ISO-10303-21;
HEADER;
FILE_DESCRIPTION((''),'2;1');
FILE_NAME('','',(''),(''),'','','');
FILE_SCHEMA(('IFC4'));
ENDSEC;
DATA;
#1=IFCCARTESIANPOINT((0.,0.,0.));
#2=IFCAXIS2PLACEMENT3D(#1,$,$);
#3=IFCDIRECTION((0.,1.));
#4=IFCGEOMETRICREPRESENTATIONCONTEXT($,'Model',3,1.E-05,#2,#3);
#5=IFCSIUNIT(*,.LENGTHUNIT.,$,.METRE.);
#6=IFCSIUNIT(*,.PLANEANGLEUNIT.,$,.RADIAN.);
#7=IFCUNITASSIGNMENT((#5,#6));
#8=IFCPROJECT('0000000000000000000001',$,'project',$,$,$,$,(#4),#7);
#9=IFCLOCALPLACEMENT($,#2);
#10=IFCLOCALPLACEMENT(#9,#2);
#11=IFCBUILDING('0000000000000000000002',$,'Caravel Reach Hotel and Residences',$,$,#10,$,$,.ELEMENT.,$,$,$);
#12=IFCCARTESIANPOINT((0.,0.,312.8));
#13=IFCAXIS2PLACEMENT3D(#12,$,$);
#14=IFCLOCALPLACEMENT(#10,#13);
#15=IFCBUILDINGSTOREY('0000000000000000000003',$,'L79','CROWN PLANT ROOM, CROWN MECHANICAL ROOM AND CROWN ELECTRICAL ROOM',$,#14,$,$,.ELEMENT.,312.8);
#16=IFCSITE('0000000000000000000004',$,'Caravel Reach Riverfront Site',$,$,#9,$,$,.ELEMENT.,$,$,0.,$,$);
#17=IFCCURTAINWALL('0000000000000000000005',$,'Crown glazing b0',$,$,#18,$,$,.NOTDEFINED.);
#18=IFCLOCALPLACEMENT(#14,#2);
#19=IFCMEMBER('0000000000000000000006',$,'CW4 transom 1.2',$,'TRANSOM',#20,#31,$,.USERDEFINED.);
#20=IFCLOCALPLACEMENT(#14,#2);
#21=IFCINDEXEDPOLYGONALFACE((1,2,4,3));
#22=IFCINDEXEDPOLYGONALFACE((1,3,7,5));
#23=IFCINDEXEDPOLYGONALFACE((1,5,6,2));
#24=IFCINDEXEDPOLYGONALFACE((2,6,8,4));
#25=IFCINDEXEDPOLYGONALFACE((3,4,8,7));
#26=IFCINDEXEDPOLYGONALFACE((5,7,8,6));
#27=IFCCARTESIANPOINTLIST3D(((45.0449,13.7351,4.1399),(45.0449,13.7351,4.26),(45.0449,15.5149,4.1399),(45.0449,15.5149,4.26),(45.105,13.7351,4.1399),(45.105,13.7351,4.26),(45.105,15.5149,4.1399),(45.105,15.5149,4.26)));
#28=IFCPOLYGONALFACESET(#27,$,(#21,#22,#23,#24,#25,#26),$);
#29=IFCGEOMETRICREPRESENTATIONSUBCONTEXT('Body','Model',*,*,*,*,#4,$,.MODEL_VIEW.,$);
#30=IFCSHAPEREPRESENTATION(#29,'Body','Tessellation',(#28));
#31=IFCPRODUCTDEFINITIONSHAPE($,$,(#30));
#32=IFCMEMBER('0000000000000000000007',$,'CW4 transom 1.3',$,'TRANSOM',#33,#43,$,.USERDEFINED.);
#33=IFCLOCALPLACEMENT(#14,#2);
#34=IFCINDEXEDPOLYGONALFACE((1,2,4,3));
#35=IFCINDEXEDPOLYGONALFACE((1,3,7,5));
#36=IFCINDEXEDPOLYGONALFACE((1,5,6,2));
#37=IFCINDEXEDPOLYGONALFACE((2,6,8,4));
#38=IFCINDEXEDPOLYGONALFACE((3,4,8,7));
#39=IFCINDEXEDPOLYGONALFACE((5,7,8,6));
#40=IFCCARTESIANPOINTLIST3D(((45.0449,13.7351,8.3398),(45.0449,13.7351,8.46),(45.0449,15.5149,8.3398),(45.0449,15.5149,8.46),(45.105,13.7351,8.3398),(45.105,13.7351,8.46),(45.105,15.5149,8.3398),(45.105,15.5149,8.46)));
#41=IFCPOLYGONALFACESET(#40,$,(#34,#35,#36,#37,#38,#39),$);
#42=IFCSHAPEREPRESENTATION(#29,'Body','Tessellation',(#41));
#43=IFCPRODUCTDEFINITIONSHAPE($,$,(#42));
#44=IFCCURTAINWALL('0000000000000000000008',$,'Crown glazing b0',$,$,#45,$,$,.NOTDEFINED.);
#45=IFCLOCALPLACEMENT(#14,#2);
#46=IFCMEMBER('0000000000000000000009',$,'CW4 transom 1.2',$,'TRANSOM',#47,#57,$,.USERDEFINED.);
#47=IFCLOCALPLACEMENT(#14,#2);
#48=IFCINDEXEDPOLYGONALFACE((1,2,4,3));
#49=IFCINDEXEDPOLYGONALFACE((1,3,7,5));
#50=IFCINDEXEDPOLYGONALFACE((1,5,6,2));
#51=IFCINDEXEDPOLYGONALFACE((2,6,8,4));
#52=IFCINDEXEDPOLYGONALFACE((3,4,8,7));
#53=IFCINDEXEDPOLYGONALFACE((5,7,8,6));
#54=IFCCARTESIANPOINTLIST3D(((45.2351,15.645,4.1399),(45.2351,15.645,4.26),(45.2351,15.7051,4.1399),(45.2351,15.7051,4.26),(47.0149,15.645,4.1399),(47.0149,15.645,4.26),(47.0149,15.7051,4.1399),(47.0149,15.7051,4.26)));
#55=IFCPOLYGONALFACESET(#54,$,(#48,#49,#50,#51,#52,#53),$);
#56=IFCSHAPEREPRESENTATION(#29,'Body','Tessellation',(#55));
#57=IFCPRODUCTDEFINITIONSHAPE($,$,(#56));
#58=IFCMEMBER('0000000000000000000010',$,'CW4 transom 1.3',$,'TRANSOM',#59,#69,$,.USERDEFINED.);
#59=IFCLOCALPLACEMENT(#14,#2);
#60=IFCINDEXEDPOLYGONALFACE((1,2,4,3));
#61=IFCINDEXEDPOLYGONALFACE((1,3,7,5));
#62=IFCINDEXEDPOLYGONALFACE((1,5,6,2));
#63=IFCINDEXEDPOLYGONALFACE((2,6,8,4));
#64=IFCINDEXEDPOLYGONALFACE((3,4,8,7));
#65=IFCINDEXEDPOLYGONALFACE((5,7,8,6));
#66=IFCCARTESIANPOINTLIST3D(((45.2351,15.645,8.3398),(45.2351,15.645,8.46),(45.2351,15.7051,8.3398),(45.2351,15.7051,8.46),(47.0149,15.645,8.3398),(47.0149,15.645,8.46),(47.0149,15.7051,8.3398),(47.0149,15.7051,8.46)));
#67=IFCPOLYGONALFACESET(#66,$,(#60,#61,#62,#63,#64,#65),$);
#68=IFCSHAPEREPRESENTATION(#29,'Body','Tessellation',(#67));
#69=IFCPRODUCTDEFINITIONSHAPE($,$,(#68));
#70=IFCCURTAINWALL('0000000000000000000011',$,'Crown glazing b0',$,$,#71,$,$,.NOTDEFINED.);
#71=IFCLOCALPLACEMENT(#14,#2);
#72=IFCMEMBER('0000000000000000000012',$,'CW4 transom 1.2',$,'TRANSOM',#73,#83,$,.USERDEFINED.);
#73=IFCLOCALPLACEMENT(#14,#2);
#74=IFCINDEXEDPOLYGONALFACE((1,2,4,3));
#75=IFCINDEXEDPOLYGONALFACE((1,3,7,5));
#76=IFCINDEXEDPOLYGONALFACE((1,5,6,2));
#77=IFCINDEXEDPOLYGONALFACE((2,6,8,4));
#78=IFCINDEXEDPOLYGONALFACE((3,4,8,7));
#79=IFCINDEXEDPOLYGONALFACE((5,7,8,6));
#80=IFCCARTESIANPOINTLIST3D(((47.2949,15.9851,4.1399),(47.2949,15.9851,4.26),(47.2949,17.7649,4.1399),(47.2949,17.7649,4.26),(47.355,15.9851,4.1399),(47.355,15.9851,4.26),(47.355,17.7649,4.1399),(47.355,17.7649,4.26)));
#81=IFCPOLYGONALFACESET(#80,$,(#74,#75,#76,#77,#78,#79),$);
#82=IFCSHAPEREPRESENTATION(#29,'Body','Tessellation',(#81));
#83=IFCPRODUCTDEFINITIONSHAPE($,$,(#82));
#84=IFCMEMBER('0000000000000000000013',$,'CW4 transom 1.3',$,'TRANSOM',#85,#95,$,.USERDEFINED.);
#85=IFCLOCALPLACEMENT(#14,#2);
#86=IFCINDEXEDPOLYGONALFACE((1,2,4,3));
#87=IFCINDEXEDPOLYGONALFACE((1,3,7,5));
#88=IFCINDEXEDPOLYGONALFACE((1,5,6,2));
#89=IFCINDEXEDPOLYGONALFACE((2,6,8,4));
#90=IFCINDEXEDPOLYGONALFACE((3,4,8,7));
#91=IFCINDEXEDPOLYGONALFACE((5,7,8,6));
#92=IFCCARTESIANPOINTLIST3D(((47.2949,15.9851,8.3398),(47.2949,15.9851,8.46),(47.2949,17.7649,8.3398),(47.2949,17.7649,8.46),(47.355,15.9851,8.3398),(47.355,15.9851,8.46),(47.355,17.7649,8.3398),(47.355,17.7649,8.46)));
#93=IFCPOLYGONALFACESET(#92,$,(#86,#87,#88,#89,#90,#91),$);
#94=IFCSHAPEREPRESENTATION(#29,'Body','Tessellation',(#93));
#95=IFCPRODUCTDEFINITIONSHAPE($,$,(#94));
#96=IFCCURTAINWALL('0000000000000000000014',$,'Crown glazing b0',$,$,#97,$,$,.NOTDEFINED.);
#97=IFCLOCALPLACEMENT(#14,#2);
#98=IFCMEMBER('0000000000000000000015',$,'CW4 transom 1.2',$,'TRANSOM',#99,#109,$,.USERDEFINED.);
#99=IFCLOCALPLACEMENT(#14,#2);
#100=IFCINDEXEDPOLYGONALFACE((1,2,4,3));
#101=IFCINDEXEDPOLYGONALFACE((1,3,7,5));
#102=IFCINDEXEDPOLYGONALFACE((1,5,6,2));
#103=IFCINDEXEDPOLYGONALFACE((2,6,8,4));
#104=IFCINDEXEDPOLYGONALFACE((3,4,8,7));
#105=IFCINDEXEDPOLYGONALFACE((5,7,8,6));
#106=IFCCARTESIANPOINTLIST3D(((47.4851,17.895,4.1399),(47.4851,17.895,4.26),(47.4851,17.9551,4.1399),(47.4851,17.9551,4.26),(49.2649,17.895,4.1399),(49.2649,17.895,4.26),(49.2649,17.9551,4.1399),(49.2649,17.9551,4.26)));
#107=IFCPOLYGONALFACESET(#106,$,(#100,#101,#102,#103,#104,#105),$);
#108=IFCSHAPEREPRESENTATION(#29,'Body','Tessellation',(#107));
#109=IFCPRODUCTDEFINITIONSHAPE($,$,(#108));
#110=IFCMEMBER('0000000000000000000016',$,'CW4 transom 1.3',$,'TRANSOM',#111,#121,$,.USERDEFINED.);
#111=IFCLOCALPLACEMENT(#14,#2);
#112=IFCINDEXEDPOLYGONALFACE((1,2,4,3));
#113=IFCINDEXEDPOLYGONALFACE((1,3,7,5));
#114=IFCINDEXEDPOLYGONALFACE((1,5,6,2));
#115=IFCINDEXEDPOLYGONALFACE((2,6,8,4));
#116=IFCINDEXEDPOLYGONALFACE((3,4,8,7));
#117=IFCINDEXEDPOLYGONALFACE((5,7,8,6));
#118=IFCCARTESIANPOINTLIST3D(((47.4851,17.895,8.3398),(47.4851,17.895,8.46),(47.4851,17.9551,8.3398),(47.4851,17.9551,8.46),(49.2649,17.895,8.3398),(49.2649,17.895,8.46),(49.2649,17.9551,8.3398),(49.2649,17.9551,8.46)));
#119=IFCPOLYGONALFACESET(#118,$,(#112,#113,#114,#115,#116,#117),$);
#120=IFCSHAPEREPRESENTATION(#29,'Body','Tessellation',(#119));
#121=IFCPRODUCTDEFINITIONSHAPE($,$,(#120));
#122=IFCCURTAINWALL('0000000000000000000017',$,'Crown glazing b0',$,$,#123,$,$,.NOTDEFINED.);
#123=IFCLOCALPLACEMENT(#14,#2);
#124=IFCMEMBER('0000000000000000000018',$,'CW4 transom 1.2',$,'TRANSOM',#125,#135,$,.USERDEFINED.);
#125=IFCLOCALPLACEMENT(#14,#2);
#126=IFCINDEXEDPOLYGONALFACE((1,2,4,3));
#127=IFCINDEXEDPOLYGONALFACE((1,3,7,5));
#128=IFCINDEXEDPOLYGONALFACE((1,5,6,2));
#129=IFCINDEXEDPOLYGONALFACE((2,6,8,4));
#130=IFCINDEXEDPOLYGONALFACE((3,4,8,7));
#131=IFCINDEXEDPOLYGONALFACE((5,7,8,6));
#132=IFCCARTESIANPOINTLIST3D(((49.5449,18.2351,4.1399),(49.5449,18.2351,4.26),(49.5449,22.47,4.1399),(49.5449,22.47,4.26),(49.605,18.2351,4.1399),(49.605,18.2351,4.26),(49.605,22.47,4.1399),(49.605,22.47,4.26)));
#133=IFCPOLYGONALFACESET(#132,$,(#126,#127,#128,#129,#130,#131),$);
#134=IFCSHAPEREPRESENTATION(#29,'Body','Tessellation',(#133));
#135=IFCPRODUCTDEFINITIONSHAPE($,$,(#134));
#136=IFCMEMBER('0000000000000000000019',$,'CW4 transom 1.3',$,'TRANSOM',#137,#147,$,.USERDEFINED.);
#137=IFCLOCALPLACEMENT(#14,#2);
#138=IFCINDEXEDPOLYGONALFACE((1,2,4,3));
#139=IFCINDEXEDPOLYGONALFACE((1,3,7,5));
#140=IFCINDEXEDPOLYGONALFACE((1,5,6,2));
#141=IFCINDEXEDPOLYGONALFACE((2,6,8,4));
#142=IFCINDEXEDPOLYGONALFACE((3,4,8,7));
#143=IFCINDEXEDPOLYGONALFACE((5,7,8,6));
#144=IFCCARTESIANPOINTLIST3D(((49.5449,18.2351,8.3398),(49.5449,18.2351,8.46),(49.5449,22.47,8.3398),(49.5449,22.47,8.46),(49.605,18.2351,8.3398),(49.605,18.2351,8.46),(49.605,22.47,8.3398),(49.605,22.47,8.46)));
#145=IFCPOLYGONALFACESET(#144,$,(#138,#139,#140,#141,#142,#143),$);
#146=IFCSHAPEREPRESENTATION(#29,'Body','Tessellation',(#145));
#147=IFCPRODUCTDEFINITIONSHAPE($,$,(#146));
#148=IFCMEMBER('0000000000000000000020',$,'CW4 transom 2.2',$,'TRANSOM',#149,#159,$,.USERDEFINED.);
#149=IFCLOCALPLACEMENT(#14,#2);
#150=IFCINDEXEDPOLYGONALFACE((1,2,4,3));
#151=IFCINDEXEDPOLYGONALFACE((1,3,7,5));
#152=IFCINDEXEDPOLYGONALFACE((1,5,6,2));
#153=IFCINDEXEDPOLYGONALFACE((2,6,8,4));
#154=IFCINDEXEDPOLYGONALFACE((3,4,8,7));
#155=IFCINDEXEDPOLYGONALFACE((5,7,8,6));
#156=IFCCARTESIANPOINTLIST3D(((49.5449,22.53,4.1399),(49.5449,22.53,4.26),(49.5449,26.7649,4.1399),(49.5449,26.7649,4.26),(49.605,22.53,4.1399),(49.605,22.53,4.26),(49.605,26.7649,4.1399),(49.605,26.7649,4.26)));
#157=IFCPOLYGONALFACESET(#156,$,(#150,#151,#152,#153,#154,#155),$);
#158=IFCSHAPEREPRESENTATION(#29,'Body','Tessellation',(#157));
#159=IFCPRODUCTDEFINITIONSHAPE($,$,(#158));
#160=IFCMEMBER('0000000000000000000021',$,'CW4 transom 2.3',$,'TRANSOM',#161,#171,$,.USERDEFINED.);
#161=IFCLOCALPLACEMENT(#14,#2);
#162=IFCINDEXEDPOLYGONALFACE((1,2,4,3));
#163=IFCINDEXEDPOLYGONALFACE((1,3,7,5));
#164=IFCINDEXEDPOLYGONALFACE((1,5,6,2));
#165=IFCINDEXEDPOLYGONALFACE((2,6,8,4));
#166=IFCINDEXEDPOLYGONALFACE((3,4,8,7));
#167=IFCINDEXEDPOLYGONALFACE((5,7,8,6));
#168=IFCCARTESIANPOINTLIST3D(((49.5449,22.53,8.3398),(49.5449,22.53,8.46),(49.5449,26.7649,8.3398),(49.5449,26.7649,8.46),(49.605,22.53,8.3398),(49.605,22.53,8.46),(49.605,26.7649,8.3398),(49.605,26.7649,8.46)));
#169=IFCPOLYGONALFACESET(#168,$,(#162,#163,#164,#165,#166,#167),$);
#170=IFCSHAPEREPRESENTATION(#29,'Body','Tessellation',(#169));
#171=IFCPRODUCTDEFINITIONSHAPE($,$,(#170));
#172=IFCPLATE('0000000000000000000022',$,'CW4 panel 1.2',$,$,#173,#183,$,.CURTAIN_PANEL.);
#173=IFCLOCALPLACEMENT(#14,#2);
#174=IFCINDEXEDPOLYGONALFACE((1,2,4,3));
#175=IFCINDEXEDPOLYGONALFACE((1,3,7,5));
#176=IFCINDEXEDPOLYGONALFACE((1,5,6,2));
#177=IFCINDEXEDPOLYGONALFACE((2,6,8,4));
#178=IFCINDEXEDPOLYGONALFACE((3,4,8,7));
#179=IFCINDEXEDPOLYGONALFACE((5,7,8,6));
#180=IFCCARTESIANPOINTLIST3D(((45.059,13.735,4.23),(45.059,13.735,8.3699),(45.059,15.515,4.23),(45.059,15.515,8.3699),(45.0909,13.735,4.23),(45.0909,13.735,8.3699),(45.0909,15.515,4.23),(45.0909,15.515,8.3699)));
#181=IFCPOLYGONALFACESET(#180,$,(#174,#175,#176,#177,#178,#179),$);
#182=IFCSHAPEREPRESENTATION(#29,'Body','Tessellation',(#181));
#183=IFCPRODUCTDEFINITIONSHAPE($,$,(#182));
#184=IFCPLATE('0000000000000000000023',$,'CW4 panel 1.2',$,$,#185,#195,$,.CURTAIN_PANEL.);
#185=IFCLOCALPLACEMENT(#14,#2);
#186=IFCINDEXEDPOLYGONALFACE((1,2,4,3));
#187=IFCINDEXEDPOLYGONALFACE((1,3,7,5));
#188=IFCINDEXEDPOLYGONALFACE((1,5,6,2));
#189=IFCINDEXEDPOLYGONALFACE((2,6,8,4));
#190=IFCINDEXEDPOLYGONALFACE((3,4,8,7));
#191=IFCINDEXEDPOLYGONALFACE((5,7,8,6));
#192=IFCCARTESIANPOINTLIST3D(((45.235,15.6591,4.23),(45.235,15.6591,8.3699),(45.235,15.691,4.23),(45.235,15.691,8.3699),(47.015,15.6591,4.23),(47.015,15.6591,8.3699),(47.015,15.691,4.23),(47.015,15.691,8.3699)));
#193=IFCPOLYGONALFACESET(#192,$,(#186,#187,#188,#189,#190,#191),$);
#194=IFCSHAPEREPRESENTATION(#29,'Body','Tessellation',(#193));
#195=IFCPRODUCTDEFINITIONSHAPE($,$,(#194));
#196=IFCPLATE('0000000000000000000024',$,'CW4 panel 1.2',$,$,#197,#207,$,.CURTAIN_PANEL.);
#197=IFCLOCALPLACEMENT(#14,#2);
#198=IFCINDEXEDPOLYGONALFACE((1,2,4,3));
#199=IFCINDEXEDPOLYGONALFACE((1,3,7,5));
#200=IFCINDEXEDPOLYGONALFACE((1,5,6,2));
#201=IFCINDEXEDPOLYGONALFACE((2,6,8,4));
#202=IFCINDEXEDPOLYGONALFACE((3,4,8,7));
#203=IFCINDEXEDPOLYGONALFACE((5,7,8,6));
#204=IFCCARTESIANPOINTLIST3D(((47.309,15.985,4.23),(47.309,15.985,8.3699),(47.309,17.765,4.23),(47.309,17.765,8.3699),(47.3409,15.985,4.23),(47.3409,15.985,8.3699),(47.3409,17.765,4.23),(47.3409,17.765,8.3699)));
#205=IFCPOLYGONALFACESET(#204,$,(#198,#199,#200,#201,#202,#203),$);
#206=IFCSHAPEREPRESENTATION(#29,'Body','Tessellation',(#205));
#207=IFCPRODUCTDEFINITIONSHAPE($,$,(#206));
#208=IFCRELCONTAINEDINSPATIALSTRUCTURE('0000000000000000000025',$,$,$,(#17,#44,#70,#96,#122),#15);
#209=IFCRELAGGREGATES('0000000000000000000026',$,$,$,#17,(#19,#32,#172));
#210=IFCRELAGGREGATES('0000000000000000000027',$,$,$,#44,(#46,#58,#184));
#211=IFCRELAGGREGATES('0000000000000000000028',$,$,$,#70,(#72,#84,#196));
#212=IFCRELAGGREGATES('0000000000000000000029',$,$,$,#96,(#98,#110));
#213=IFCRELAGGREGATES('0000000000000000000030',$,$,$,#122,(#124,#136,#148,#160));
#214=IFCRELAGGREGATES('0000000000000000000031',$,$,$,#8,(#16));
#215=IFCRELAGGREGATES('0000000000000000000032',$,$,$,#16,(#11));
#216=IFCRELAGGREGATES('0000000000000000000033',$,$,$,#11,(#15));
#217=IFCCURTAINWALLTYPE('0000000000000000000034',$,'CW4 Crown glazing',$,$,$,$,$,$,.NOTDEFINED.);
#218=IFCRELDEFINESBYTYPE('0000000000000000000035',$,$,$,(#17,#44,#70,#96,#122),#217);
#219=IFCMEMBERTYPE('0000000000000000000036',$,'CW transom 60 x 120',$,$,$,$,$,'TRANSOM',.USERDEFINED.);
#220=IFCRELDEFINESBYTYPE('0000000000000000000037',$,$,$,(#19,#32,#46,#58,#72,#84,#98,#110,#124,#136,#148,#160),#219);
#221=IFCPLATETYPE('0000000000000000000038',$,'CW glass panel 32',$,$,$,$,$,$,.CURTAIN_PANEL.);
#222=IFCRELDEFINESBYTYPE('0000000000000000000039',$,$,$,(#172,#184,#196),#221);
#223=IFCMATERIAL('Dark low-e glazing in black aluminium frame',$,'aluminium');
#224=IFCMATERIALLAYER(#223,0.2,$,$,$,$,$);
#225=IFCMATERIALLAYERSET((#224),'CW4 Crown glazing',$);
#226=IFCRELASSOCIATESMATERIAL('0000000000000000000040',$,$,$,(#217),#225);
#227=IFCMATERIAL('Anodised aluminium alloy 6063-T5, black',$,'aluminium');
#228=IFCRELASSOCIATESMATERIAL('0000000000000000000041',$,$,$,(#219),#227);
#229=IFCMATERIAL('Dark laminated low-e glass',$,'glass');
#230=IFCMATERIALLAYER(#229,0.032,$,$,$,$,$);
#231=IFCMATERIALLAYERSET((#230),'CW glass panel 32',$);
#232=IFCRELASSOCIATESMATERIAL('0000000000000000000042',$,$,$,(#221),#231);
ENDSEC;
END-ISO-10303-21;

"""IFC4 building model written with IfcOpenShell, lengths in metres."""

from ifc_helpers import new_model, si_unit, direction, frame, origin, origin_2d, place, context, subcontext, project, spatial, rectangle, extrude, material, layer, layer_set, material_profile, profile_set, type_object, element, aggregate, save


model = new_model("IFC4")

# Units and contexts
model_context = context("Model", 3, precision=1e-05, world=origin(), true_north=direction((0.0, 1.0)))
body_context = subcontext(model_context, "Body", "Model", "MODEL_VIEW")
ifc_project = project(units=[si_unit("LENGTHUNIT", "METRE"), si_unit("PLANEANGLEUNIT", "RADIAN")], contexts=[model_context])

# Site, building, storey
site_placement = place(None, origin())
site = spatial("IfcSite", under=ifc_project, at=site_placement, Name="Caravel Reach Riverfront Site", CompositionType="ELEMENT", RefElevation=0.0)
building_placement = place(site_placement, origin())
building = spatial("IfcBuilding", under=site, at=building_placement, Name="Caravel Reach Hotel and Residences", CompositionType="ELEMENT")
storey_placement = place(building_placement, frame((0.0, 0.0, 312.8)))
storey = spatial("IfcBuildingStorey", under=building, at=storey_placement, Name="L79", Description="CROWN PLANT ROOM, CROWN MECHANICAL ROOM AND CROWN ELECTRICAL ROOM", CompositionType="ELEMENT", Elevation=312.8)

# Curtain walls, members
ifc_material_1 = material(Name="Dark low-e glazing in black aluminium frame", Category="aluminium")
ifc_layer_1 = layer(ifc_material_1, 0.2)
ifc_layer_set_1 = layer_set([ifc_layer_1], Name="CW4 Crown glazing")
curtain_wall_type = type_object("IfcCurtainWallType", Name="CW4 Crown glazing", PredefinedType="NOTDEFINED", material=ifc_layer_set_1)
curtain_wall_1_placement = place(storey_placement, origin())
curtain_wall_1 = element("IfcCurtainWall", 1, at=curtain_wall_1_placement, inside=storey, type_object=curtain_wall_type, Name="Crown glazing b0", PredefinedType="NOTDEFINED")
ifc_material_2 = material(Name="Anodised aluminium alloy 6063-T5, black", Category="aluminium")
ifc_material_profile = material_profile(ifc_material_2, rectangle(XDim=0.0601, YDim=0.1201, at=origin_2d()), Name="CW transom 60 x 120")
ifc_profile_set = profile_set([ifc_material_profile], Name="Anodised aluminium alloy 6063-T5, black")
member_type = type_object("IfcMemberType", Name="CW transom 60 x 120", ElementType="TRANSOM", PredefinedType="USERDEFINED", material=ifc_profile_set)
member_1_placement = place(storey_placement, frame((45.075, 13.7351, 4.2), z_axis=(0.0, 1.0, 0.0), x_axis=(-1.0, 0.0, 0.0)))
member_1 = element("IfcMember", 2, at=member_1_placement, type_object=member_type, Name="CW4 transom 1.2", ObjectType="TRANSOM", PredefinedType="USERDEFINED", context=body_context, shape_type="SweptSolid", body=[
    extrude(rectangle(XDim=0.0601, YDim=0.1201, at=origin_2d()), origin(), (0.0, 0.0, 1.0), 1.7798),
])
member_2_placement = place(storey_placement, frame((45.075, 13.7351, 8.3999), z_axis=(0.0, 1.0, 0.0), x_axis=(-1.0, 0.0, 0.0)))
member_2 = element("IfcMember", 3, at=member_2_placement, type_object=member_type, Name="CW4 transom 1.3", ObjectType="TRANSOM", PredefinedType="USERDEFINED", context=body_context, shape_type="SweptSolid", body=[
    extrude(rectangle(XDim=0.0601, YDim=0.1201, at=origin_2d()), origin(), (0.0, 0.0, 1.0), 1.7798),
])
curtain_wall_2_placement = place(storey_placement, origin())
curtain_wall_2 = element("IfcCurtainWall", 4, at=curtain_wall_2_placement, inside=storey, type_object=curtain_wall_type, Name="Crown glazing b0", PredefinedType="NOTDEFINED")
member_3_placement = place(storey_placement, frame((45.2351, 15.675, 4.2), z_axis=(1.0, 0.0, 0.0), x_axis=(0.0, 1.0, 0.0)))
member_3 = element("IfcMember", 5, at=member_3_placement, type_object=member_type, Name="CW4 transom 1.2", ObjectType="TRANSOM", PredefinedType="USERDEFINED", context=body_context, shape_type="SweptSolid", body=[
    extrude(rectangle(XDim=0.0601, YDim=0.1201, at=origin_2d()), origin(), (0.0, 0.0, 1.0), 1.7798),
])
member_4_placement = place(storey_placement, frame((45.2351, 15.675, 8.3999), z_axis=(1.0, 0.0, 0.0), x_axis=(0.0, 1.0, 0.0)))
member_4 = element("IfcMember", 6, at=member_4_placement, type_object=member_type, Name="CW4 transom 1.3", ObjectType="TRANSOM", PredefinedType="USERDEFINED", context=body_context, shape_type="SweptSolid", body=[
    extrude(rectangle(XDim=0.0601, YDim=0.1201, at=origin_2d()), origin(), (0.0, 0.0, 1.0), 1.7798),
])
curtain_wall_3_placement = place(storey_placement, origin())
curtain_wall_3 = element("IfcCurtainWall", 7, at=curtain_wall_3_placement, inside=storey, type_object=curtain_wall_type, Name="Crown glazing b0", PredefinedType="NOTDEFINED")
member_5_placement = place(storey_placement, frame((47.325, 15.9851, 4.2), z_axis=(0.0, 1.0, 0.0), x_axis=(-1.0, 0.0, 0.0)))
member_5 = element("IfcMember", 8, at=member_5_placement, type_object=member_type, Name="CW4 transom 1.2", ObjectType="TRANSOM", PredefinedType="USERDEFINED", context=body_context, shape_type="SweptSolid", body=[
    extrude(rectangle(XDim=0.0601, YDim=0.1201, at=origin_2d()), origin(), (0.0, 0.0, 1.0), 1.7798),
])
member_6_placement = place(storey_placement, frame((47.325, 15.9851, 8.3999), z_axis=(0.0, 1.0, 0.0), x_axis=(-1.0, 0.0, 0.0)))
member_6 = element("IfcMember", 9, at=member_6_placement, type_object=member_type, Name="CW4 transom 1.3", ObjectType="TRANSOM", PredefinedType="USERDEFINED", context=body_context, shape_type="SweptSolid", body=[
    extrude(rectangle(XDim=0.0601, YDim=0.1201, at=origin_2d()), origin(), (0.0, 0.0, 1.0), 1.7798),
])
curtain_wall_4_placement = place(storey_placement, origin())
curtain_wall_4 = element("IfcCurtainWall", 10, at=curtain_wall_4_placement, inside=storey, type_object=curtain_wall_type, Name="Crown glazing b0", PredefinedType="NOTDEFINED")
member_7_placement = place(storey_placement, frame((47.4851, 17.925, 4.2), z_axis=(1.0, 0.0, 0.0), x_axis=(0.0, 1.0, 0.0)))
member_7 = element("IfcMember", 11, at=member_7_placement, type_object=member_type, Name="CW4 transom 1.2", ObjectType="TRANSOM", PredefinedType="USERDEFINED", context=body_context, shape_type="SweptSolid", body=[
    extrude(rectangle(XDim=0.0601, YDim=0.1201, at=origin_2d()), origin(), (0.0, 0.0, 1.0), 1.7798),
])
member_8_placement = place(storey_placement, frame((47.4851, 17.925, 8.3999), z_axis=(1.0, 0.0, 0.0), x_axis=(0.0, 1.0, 0.0)))
member_8 = element("IfcMember", 12, at=member_8_placement, type_object=member_type, Name="CW4 transom 1.3", ObjectType="TRANSOM", PredefinedType="USERDEFINED", context=body_context, shape_type="SweptSolid", body=[
    extrude(rectangle(XDim=0.0601, YDim=0.1201, at=origin_2d()), origin(), (0.0, 0.0, 1.0), 1.7798),
])
curtain_wall_5_placement = place(storey_placement, origin())
curtain_wall_5 = element("IfcCurtainWall", 13, at=curtain_wall_5_placement, inside=storey, type_object=curtain_wall_type, Name="Crown glazing b0", PredefinedType="NOTDEFINED")
member_9_placement = place(storey_placement, frame((49.575, 18.2351, 4.2), z_axis=(0.0, 1.0, 0.0), x_axis=(-1.0, 0.0, 0.0)))
member_9 = element("IfcMember", 14, at=member_9_placement, type_object=member_type, Name="CW4 transom 1.2", ObjectType="TRANSOM", PredefinedType="USERDEFINED", context=body_context, shape_type="SweptSolid", body=[
    extrude(rectangle(XDim=0.0601, YDim=0.1201, at=origin_2d()), origin(), (0.0, 0.0, 1.0), 4.2349),
])
member_10_placement = place(storey_placement, frame((49.575, 18.2351, 8.3999), z_axis=(0.0, 1.0, 0.0), x_axis=(-1.0, 0.0, 0.0)))
member_10 = element("IfcMember", 15, at=member_10_placement, type_object=member_type, Name="CW4 transom 1.3", ObjectType="TRANSOM", PredefinedType="USERDEFINED", context=body_context, shape_type="SweptSolid", body=[
    extrude(rectangle(XDim=0.0601, YDim=0.1201, at=origin_2d()), origin(), (0.0, 0.0, 1.0), 4.2349),
])
member_11_placement = place(storey_placement, frame((49.575, 22.53, 4.2), z_axis=(0.0, 1.0, 0.0), x_axis=(-1.0, 0.0, 0.0)))
member_11 = element("IfcMember", 16, at=member_11_placement, type_object=member_type, Name="CW4 transom 2.2", ObjectType="TRANSOM", PredefinedType="USERDEFINED", context=body_context, shape_type="SweptSolid", body=[
    extrude(rectangle(XDim=0.0601, YDim=0.1201, at=origin_2d()), origin(), (0.0, 0.0, 1.0), 4.2349),
])
member_12_placement = place(storey_placement, frame((49.575, 22.53, 8.3999), z_axis=(0.0, 1.0, 0.0), x_axis=(-1.0, 0.0, 0.0)))
member_12 = element("IfcMember", 17, at=member_12_placement, type_object=member_type, Name="CW4 transom 2.3", ObjectType="TRANSOM", PredefinedType="USERDEFINED", context=body_context, shape_type="SweptSolid", body=[
    extrude(rectangle(XDim=0.0601, YDim=0.1201, at=origin_2d()), origin(), (0.0, 0.0, 1.0), 4.2349),
])

# Plates
ifc_material_3 = material(Name="Dark laminated low-e glass", Category="glass")
ifc_layer_2 = layer(ifc_material_3, 0.032)
ifc_layer_set_2 = layer_set([ifc_layer_2], Name="CW glass panel 32")
plate_type = type_object("IfcPlateType", Name="CW glass panel 32", PredefinedType="CURTAIN_PANEL", material=ifc_layer_set_2)
plate_1_placement = place(storey_placement, frame((45.075, 14.625, 4.23), z_axis=(0.0, 0.0, 1.0), x_axis=(0.0, 1.0, 0.0)))
plate_1 = element("IfcPlate", 18, at=plate_1_placement, type_object=plate_type, Name="CW4 panel 1.2", PredefinedType="CURTAIN_PANEL", context=body_context, shape_type="SweptSolid", body=[
    extrude(rectangle(XDim=1.78, YDim=0.032, at=origin_2d()), origin(), (0.0, 0.0, 1.0), 4.1399),
])
aggregate(curtain_wall_1, [member_1, member_2, plate_1])
plate_2_placement = place(storey_placement, frame((46.125, 15.675, 4.23), z_axis=(0.0, 0.0, 1.0), x_axis=(1.0, 0.0, 0.0)))
plate_2 = element("IfcPlate", 19, at=plate_2_placement, type_object=plate_type, Name="CW4 panel 1.2", PredefinedType="CURTAIN_PANEL", context=body_context, shape_type="SweptSolid", body=[
    extrude(rectangle(XDim=1.78, YDim=0.032, at=origin_2d()), origin(), (0.0, 0.0, 1.0), 4.1399),
])
aggregate(curtain_wall_2, [member_3, member_4, plate_2])
plate_3_placement = place(storey_placement, frame((47.325, 16.875, 4.23), z_axis=(0.0, 0.0, 1.0), x_axis=(0.0, 1.0, 0.0)))
plate_3 = element("IfcPlate", 20, at=plate_3_placement, type_object=plate_type, Name="CW4 panel 1.2", PredefinedType="CURTAIN_PANEL", context=body_context, shape_type="SweptSolid", body=[
    extrude(rectangle(XDim=1.78, YDim=0.032, at=origin_2d()), origin(), (0.0, 0.0, 1.0), 4.1399),
])
aggregate(curtain_wall_3, [member_5, member_6, plate_3])
aggregate(curtain_wall_4, [member_7, member_8])
aggregate(curtain_wall_5, [member_9, member_10, member_11, member_12])

save(model, "model.ifc")
